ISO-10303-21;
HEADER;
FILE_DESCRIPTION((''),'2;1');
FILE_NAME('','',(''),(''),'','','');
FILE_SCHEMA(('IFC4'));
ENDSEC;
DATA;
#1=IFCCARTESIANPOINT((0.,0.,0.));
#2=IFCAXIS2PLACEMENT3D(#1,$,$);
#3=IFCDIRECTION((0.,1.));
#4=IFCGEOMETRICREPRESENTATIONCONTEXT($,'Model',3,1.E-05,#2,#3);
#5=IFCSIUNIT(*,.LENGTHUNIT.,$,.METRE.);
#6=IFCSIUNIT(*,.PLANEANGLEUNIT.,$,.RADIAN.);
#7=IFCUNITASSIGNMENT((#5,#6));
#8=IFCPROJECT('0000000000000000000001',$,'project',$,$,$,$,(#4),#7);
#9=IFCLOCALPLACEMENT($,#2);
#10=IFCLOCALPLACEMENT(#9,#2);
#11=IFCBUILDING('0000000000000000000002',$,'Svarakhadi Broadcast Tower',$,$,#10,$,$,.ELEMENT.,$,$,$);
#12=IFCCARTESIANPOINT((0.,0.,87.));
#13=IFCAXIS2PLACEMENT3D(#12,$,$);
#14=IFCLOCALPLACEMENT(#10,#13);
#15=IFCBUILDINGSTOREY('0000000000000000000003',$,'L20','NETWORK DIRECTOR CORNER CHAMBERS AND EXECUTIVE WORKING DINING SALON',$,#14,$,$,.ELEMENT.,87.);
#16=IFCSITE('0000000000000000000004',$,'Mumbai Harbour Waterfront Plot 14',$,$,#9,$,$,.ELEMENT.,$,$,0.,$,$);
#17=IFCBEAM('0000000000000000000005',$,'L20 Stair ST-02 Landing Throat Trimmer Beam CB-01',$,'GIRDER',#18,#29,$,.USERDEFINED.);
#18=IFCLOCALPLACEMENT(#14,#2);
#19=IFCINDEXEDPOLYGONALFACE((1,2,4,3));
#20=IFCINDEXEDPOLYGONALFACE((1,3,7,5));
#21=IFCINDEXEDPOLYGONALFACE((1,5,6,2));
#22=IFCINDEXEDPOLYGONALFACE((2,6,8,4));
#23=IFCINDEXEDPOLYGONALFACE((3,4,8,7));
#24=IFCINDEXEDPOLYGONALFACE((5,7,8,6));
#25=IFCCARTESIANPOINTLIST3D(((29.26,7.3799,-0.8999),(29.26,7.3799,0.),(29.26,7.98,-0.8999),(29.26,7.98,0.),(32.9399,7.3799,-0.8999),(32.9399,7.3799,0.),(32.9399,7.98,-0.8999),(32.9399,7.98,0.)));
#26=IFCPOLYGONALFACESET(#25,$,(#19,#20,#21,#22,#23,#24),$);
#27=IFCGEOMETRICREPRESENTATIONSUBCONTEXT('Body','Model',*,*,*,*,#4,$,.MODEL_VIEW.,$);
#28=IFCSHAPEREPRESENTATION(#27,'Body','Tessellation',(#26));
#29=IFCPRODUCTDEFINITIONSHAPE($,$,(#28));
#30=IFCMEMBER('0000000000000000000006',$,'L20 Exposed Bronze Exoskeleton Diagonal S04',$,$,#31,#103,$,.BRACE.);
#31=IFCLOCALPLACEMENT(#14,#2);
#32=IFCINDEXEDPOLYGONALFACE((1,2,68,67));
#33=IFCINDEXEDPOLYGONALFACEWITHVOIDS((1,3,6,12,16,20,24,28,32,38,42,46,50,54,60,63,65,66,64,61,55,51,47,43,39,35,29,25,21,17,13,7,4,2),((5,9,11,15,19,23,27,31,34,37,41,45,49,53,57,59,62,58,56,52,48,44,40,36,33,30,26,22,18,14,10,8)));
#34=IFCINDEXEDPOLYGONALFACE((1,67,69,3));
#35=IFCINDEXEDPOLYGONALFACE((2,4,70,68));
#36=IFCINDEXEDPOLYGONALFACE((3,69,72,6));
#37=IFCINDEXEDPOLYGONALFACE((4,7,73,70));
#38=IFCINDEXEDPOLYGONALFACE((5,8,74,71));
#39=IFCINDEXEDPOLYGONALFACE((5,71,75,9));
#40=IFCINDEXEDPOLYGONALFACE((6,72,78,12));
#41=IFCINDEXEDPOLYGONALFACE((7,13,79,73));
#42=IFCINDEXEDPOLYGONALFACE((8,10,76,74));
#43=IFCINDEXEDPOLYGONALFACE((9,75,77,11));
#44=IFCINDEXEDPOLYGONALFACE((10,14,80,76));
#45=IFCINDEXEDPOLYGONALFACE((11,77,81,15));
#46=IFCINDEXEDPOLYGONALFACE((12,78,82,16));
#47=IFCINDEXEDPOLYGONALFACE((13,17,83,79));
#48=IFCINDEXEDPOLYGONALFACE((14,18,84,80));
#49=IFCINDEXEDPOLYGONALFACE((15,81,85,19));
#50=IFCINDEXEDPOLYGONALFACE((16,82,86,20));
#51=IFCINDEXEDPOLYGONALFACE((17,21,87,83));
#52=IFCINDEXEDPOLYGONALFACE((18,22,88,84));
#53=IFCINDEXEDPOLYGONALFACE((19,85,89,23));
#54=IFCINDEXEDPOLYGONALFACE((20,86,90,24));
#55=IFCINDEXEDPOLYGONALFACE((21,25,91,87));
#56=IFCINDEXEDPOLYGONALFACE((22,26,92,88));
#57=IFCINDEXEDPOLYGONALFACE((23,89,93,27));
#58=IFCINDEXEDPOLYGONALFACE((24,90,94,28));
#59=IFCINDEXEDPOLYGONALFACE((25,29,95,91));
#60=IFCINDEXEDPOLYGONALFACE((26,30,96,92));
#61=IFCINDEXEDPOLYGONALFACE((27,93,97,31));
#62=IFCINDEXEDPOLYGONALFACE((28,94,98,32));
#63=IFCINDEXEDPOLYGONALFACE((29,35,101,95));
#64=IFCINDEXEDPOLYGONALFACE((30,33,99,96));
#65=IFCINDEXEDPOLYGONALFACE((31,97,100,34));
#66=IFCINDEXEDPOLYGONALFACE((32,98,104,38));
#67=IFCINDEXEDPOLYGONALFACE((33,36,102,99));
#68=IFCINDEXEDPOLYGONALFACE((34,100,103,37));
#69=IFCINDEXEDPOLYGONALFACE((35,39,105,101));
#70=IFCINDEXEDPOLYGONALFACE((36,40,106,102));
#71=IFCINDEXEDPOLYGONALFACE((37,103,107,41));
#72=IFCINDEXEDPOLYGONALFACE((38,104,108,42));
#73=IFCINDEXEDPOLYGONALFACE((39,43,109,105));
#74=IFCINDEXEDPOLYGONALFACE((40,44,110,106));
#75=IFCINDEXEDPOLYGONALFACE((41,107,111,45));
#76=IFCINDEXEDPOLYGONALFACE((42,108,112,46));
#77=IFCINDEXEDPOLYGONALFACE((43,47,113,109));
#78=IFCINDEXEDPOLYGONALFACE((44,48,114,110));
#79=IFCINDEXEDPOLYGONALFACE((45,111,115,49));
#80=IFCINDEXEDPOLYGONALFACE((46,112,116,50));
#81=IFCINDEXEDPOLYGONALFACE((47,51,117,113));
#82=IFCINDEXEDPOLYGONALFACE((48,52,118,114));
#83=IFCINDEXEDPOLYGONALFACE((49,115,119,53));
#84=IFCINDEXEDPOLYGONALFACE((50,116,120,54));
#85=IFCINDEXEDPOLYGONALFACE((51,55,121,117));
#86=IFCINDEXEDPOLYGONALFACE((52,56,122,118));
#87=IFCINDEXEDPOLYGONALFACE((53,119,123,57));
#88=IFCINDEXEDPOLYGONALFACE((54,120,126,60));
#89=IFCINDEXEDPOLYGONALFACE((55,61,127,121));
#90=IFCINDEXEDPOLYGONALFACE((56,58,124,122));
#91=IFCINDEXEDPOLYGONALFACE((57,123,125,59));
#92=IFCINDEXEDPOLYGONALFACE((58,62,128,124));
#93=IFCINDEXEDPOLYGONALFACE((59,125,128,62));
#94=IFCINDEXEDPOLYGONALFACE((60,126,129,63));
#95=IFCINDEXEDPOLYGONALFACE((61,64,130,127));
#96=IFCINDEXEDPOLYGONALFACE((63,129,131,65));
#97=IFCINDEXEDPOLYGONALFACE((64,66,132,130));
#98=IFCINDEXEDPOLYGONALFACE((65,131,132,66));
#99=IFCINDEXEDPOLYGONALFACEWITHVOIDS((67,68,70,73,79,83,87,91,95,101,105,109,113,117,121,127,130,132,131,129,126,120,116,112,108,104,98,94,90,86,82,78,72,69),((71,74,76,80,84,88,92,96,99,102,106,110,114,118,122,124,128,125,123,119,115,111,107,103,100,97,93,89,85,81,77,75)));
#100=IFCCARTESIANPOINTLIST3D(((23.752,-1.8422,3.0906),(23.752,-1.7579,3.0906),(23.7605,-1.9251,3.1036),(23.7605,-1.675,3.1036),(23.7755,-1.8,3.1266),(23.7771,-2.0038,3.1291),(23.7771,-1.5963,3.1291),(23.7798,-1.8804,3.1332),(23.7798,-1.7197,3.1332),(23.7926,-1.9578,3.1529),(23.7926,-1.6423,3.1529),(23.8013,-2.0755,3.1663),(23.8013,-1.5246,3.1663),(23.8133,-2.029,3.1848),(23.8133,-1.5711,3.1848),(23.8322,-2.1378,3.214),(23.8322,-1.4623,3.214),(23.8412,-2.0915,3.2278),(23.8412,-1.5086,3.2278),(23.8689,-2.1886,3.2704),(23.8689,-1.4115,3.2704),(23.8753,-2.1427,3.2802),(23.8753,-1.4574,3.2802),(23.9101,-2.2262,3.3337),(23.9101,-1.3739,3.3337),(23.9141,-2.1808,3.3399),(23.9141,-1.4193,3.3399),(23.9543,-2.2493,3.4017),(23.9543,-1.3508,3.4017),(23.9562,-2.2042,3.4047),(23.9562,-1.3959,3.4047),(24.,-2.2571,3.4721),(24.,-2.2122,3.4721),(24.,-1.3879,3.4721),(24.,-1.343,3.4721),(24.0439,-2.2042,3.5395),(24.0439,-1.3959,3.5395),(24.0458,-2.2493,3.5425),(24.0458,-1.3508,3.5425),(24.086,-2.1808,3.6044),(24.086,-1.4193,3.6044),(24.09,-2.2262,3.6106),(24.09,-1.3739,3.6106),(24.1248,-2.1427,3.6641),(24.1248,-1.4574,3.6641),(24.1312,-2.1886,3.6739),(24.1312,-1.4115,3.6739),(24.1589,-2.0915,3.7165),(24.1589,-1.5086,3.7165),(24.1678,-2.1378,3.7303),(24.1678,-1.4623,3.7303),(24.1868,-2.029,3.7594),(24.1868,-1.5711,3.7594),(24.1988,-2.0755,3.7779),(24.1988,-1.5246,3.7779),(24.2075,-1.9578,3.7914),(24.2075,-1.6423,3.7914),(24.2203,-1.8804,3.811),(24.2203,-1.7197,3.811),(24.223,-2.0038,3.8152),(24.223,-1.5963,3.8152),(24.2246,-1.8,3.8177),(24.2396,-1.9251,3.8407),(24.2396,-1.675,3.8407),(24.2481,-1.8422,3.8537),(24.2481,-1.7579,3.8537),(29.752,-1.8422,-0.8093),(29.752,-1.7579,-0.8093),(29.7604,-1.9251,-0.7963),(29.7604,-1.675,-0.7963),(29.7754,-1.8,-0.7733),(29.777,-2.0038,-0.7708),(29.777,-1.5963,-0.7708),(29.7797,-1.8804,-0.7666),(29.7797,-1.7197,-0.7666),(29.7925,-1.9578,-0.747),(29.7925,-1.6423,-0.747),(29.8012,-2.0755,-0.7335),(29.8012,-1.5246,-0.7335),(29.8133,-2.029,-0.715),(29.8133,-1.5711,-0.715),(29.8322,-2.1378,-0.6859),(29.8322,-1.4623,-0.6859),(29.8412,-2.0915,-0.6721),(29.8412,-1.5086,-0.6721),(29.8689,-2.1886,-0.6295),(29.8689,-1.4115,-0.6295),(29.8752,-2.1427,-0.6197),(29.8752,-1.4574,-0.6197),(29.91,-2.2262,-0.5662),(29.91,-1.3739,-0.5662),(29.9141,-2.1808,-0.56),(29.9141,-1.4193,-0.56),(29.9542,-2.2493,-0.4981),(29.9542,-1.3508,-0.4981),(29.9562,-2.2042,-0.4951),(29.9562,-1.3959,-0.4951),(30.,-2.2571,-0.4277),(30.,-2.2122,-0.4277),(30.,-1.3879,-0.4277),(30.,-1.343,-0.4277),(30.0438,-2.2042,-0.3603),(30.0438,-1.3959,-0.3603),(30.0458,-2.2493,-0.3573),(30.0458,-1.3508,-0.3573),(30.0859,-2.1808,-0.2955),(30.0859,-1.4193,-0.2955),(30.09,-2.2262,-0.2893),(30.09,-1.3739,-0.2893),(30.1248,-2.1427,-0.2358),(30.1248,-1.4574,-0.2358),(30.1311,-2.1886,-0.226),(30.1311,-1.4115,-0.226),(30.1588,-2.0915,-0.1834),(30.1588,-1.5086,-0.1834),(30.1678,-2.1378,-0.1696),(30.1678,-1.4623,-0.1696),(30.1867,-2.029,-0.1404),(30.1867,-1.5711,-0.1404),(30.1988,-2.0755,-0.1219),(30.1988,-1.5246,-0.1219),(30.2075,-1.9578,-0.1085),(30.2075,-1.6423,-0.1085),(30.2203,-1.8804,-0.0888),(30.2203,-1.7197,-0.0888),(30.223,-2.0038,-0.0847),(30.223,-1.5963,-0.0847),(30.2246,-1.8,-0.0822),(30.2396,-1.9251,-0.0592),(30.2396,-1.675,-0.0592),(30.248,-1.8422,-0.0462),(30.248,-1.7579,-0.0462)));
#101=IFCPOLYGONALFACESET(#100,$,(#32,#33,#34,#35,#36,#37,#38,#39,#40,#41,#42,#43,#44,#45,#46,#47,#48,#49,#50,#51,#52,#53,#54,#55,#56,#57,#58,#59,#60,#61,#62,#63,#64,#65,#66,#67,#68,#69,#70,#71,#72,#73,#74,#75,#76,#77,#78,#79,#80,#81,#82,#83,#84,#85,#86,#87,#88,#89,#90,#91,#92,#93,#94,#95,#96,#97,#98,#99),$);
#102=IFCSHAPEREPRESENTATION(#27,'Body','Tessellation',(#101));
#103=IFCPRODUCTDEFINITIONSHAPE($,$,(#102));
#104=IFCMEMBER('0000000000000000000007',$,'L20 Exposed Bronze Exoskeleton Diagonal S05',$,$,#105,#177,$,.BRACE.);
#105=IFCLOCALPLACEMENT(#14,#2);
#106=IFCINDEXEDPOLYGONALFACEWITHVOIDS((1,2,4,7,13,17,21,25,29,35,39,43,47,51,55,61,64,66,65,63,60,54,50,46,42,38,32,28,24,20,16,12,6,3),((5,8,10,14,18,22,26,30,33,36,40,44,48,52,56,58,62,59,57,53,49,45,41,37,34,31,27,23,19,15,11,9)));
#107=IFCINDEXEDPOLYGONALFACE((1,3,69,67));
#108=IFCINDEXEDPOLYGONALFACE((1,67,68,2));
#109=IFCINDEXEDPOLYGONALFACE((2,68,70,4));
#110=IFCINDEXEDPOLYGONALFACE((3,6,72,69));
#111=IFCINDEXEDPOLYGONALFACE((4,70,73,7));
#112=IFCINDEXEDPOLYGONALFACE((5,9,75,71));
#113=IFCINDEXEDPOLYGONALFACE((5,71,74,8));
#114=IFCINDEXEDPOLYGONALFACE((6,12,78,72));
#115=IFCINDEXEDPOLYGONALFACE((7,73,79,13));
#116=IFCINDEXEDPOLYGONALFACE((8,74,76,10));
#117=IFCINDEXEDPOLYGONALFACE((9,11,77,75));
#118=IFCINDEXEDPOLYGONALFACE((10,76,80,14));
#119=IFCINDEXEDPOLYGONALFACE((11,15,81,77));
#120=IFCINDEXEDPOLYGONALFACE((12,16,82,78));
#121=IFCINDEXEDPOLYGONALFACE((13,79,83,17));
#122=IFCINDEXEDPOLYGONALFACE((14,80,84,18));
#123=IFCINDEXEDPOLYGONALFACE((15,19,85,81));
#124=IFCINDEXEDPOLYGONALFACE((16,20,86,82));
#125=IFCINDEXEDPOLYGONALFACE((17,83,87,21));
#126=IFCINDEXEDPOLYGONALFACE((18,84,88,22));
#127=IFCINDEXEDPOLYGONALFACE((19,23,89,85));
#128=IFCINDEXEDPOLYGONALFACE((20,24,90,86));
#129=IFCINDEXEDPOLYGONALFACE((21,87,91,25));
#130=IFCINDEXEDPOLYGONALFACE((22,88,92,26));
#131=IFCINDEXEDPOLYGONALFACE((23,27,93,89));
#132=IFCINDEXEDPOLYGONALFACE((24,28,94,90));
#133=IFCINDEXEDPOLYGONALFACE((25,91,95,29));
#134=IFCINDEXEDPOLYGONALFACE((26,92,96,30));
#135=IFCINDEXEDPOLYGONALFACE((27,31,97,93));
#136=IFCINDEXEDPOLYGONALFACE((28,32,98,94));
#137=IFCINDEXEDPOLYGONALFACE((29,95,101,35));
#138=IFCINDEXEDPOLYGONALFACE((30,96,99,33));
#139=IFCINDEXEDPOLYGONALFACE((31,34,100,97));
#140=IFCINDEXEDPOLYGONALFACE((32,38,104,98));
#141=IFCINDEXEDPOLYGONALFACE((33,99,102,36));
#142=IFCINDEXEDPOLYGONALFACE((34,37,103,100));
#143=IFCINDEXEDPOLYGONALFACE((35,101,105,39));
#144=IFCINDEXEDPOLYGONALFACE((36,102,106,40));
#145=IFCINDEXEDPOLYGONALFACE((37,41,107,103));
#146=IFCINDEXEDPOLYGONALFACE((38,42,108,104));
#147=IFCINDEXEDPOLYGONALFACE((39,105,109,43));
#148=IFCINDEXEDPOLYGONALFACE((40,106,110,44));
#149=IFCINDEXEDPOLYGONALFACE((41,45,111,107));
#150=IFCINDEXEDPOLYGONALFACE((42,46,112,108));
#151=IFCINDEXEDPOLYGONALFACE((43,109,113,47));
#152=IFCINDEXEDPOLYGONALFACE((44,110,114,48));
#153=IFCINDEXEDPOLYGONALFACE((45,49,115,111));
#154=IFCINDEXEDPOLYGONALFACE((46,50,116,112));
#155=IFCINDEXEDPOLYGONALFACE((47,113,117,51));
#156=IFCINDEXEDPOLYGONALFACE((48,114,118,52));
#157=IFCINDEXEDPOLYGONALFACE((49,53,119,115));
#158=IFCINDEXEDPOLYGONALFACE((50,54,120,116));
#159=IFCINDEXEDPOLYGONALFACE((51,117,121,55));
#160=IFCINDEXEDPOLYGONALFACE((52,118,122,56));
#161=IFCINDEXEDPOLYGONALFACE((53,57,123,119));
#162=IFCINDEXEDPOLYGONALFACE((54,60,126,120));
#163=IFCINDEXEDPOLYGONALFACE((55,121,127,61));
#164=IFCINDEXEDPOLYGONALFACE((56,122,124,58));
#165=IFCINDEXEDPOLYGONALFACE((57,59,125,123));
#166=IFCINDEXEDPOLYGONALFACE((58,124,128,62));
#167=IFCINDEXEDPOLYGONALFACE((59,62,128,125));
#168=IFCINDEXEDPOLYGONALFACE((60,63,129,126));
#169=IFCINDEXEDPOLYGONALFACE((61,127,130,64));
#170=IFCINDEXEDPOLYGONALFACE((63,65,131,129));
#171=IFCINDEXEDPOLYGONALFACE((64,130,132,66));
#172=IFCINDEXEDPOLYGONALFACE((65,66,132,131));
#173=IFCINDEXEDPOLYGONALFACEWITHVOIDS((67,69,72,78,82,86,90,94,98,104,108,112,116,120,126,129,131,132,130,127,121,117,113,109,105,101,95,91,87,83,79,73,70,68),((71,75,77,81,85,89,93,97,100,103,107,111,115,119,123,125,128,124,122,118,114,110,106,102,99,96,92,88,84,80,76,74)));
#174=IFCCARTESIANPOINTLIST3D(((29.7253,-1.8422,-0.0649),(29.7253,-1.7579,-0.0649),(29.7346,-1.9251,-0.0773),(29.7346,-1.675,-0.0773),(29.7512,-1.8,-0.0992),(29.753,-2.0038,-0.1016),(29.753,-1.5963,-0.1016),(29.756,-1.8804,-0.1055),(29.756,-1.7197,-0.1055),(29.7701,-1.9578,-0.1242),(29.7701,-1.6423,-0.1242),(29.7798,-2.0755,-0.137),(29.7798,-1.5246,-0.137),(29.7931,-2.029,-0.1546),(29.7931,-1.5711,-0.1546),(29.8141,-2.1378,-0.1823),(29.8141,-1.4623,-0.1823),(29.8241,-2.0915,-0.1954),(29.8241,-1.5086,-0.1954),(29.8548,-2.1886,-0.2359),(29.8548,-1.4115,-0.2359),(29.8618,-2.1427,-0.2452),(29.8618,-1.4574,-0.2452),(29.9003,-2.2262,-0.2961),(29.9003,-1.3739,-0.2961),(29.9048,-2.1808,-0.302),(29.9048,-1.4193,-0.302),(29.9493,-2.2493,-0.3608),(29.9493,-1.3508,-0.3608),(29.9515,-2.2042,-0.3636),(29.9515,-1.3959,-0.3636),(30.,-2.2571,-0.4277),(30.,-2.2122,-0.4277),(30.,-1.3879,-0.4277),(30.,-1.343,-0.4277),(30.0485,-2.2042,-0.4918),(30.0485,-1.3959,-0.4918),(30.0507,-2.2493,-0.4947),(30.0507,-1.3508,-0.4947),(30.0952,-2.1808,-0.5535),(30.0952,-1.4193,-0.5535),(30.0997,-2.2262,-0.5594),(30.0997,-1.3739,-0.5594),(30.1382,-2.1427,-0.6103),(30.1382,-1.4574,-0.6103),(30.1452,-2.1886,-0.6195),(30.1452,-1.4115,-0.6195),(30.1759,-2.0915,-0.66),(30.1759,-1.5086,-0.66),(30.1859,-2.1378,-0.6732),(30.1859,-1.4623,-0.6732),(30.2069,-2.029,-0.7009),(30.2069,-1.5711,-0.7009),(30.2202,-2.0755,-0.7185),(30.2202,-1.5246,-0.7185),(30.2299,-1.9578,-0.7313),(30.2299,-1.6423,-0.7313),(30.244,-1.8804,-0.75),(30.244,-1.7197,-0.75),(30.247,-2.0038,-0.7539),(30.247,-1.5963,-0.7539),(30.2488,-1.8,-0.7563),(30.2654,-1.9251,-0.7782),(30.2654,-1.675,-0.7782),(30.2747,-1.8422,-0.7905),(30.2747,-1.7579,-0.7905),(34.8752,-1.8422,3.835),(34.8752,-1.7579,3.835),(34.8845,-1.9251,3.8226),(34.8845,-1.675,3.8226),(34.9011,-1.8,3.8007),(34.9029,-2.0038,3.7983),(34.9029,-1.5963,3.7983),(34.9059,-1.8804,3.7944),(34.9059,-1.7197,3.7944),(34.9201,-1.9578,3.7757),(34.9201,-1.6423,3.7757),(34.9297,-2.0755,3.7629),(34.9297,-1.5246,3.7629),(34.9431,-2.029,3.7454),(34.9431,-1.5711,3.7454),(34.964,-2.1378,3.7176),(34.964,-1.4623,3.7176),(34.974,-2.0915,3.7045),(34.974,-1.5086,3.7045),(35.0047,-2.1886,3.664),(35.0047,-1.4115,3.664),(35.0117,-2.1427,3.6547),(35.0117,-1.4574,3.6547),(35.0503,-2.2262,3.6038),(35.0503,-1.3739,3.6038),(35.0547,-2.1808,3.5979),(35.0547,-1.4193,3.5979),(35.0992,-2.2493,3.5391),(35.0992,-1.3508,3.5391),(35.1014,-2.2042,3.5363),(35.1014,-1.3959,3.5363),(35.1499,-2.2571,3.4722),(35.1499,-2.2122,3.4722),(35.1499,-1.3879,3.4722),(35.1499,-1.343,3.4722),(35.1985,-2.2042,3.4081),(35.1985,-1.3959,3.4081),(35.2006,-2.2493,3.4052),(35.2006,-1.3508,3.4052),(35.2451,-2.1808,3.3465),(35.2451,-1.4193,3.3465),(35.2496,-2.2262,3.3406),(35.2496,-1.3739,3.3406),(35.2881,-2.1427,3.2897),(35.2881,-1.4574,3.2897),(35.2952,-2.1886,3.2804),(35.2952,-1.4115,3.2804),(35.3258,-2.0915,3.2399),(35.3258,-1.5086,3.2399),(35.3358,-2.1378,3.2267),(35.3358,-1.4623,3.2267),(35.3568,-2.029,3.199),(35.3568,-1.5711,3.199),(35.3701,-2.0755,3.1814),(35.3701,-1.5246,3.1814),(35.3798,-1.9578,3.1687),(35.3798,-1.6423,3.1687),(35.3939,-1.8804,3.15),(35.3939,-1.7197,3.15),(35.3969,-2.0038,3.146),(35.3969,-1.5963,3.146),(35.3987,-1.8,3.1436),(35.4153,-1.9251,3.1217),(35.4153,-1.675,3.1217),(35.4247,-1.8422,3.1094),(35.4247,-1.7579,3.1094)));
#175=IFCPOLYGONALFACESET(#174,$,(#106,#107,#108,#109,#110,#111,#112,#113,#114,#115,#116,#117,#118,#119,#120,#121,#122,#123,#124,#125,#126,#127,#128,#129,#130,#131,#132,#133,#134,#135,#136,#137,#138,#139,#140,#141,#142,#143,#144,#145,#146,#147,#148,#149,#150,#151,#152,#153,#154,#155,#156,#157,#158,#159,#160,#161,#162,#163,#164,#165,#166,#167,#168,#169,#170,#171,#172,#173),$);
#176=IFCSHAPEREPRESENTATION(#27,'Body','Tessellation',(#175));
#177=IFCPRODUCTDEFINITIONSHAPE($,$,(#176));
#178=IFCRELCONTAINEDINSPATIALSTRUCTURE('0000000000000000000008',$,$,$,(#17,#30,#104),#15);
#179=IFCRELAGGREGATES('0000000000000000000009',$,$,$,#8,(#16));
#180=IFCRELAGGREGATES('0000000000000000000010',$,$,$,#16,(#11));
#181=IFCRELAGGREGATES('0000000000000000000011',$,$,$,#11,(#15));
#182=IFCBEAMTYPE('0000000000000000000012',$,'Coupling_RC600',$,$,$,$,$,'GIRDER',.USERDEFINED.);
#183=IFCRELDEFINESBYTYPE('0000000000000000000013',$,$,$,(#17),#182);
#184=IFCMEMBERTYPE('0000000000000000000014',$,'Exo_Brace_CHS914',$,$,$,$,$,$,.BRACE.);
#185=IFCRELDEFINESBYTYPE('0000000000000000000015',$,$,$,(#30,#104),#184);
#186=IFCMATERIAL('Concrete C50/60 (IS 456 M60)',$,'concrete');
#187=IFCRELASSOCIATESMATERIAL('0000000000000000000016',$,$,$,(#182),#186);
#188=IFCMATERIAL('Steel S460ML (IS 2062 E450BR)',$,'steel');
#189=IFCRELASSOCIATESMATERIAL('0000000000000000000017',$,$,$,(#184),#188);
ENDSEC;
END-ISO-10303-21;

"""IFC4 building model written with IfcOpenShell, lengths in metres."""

from ifc_helpers import new_model, si_unit, direction, frame, origin, origin_2d, place, context, subcontext, project, spatial, rectangle, hollow_circle, extrude, material, material_profile, profile_set, type_object, element, save


model = new_model("IFC4")

# Units and contexts
model_context = context("Model", 3, precision=1e-05, world=origin(), true_north=direction((0.0, 1.0)))
body_context = subcontext(model_context, "Body", "Model", "MODEL_VIEW")
ifc_project = project(units=[si_unit("LENGTHUNIT", "METRE"), si_unit("PLANEANGLEUNIT", "RADIAN")], contexts=[model_context])

# Site, building, storey
site_placement = place(None, origin())
site = spatial("IfcSite", under=ifc_project, at=site_placement, Name="Mumbai Harbour Waterfront Plot 14", CompositionType="ELEMENT", RefElevation=0.0)
building_placement = place(site_placement, origin())
building = spatial("IfcBuilding", under=site, at=building_placement, Name="Svarakhadi Broadcast Tower", CompositionType="ELEMENT")
storey_placement = place(building_placement, frame((0.0, 0.0, 87.0)))
storey = spatial("IfcBuildingStorey", under=building, at=storey_placement, Name="L20", Description="NETWORK DIRECTOR CORNER CHAMBERS AND EXECUTIVE WORKING DINING SALON", CompositionType="ELEMENT", Elevation=87.0)

# Shared definitions
ifc_material_1 = material(Name="Steel S460ML (IS 2062 E450BR)", Category="steel")

# Beam
ifc_material_2 = material(Name="Concrete C50/60 (IS 456 M60)", Category="concrete")
ifc_material_profile_1 = material_profile(ifc_material_2, rectangle(XDim=0.6001, YDim=0.8999, at=origin_2d()), Name="RC 600x900")
ifc_profile_set_1 = profile_set([ifc_material_profile_1], Name="Concrete C50/60 (IS 456 M60)")
beam_type_1 = type_object("IfcBeamType", Name="Coupling_RC600", ElementType="GIRDER", PredefinedType="USERDEFINED", material=ifc_profile_set_1)
beam_1_placement = place(storey_placement, frame((29.26, 7.6799, -0.45), z_axis=(1.0, 0.0, 0.0), x_axis=(0.0, 1.0, 0.0)))
element("IfcBeam", 1, at=beam_1_placement, inside=storey, type_object=beam_type_1, Name="L20 Stair ST-02 Landing Throat Trimmer Beam CB-01", ObjectType="GIRDER", PredefinedType="USERDEFINED", context=body_context, shape_type="SweptSolid", body=[
    extrude(rectangle(XDim=0.6001, YDim=0.8999, at=origin_2d()), origin(), (0.0, 0.0, 1.0), 3.6799),
])

# Members
ifc_material_profile_2 = material_profile(ifc_material_1, hollow_circle(Radius=0.457, WallThickness=0.0449, at=origin_2d()), Name="CHS 914x45")
ifc_profile_set_2 = profile_set([ifc_material_profile_2], Name="Steel S460ML (IS 2062 E450BR)")
member_type_1 = type_object("IfcMemberType", Name="Exo_Brace_CHS914", PredefinedType="BRACE", material=ifc_profile_set_2)
member_1_placement = place(storey_placement, frame((30.0, -1.8, -0.4277), z_axis=(-0.83845, 0.0, 0.544979), x_axis=(0.0, -1.0, 0.0)))
element("IfcMember", 2, at=member_1_placement, inside=storey, type_object=member_type_1, Name="L20 Exposed Bronze Exoskeleton Diagonal S04", PredefinedType="BRACE", context=body_context, shape_type="SweptSolid", body=[
    extrude(hollow_circle(Radius=0.457, WallThickness=0.0449, at=origin_2d()), origin(), (0.0, 0.0, 1.0), 7.156),
])
member_2_placement = place(storey_placement, frame((30.0, -1.8, -0.4277), z_axis=(0.797207, 0.0, 0.603706), x_axis=(0.0, 1.0, 0.0)))
element("IfcMember", 3, at=member_2_placement, inside=storey, type_object=member_type_1, Name="L20 Exposed Bronze Exoskeleton Diagonal S05", PredefinedType="BRACE", context=body_context, shape_type="SweptSolid", body=[
    extrude(hollow_circle(Radius=0.457, WallThickness=0.0449, at=origin_2d()), origin(), (0.0, 0.0, 1.0), 6.46),
])

save(model, "model.ifc")
